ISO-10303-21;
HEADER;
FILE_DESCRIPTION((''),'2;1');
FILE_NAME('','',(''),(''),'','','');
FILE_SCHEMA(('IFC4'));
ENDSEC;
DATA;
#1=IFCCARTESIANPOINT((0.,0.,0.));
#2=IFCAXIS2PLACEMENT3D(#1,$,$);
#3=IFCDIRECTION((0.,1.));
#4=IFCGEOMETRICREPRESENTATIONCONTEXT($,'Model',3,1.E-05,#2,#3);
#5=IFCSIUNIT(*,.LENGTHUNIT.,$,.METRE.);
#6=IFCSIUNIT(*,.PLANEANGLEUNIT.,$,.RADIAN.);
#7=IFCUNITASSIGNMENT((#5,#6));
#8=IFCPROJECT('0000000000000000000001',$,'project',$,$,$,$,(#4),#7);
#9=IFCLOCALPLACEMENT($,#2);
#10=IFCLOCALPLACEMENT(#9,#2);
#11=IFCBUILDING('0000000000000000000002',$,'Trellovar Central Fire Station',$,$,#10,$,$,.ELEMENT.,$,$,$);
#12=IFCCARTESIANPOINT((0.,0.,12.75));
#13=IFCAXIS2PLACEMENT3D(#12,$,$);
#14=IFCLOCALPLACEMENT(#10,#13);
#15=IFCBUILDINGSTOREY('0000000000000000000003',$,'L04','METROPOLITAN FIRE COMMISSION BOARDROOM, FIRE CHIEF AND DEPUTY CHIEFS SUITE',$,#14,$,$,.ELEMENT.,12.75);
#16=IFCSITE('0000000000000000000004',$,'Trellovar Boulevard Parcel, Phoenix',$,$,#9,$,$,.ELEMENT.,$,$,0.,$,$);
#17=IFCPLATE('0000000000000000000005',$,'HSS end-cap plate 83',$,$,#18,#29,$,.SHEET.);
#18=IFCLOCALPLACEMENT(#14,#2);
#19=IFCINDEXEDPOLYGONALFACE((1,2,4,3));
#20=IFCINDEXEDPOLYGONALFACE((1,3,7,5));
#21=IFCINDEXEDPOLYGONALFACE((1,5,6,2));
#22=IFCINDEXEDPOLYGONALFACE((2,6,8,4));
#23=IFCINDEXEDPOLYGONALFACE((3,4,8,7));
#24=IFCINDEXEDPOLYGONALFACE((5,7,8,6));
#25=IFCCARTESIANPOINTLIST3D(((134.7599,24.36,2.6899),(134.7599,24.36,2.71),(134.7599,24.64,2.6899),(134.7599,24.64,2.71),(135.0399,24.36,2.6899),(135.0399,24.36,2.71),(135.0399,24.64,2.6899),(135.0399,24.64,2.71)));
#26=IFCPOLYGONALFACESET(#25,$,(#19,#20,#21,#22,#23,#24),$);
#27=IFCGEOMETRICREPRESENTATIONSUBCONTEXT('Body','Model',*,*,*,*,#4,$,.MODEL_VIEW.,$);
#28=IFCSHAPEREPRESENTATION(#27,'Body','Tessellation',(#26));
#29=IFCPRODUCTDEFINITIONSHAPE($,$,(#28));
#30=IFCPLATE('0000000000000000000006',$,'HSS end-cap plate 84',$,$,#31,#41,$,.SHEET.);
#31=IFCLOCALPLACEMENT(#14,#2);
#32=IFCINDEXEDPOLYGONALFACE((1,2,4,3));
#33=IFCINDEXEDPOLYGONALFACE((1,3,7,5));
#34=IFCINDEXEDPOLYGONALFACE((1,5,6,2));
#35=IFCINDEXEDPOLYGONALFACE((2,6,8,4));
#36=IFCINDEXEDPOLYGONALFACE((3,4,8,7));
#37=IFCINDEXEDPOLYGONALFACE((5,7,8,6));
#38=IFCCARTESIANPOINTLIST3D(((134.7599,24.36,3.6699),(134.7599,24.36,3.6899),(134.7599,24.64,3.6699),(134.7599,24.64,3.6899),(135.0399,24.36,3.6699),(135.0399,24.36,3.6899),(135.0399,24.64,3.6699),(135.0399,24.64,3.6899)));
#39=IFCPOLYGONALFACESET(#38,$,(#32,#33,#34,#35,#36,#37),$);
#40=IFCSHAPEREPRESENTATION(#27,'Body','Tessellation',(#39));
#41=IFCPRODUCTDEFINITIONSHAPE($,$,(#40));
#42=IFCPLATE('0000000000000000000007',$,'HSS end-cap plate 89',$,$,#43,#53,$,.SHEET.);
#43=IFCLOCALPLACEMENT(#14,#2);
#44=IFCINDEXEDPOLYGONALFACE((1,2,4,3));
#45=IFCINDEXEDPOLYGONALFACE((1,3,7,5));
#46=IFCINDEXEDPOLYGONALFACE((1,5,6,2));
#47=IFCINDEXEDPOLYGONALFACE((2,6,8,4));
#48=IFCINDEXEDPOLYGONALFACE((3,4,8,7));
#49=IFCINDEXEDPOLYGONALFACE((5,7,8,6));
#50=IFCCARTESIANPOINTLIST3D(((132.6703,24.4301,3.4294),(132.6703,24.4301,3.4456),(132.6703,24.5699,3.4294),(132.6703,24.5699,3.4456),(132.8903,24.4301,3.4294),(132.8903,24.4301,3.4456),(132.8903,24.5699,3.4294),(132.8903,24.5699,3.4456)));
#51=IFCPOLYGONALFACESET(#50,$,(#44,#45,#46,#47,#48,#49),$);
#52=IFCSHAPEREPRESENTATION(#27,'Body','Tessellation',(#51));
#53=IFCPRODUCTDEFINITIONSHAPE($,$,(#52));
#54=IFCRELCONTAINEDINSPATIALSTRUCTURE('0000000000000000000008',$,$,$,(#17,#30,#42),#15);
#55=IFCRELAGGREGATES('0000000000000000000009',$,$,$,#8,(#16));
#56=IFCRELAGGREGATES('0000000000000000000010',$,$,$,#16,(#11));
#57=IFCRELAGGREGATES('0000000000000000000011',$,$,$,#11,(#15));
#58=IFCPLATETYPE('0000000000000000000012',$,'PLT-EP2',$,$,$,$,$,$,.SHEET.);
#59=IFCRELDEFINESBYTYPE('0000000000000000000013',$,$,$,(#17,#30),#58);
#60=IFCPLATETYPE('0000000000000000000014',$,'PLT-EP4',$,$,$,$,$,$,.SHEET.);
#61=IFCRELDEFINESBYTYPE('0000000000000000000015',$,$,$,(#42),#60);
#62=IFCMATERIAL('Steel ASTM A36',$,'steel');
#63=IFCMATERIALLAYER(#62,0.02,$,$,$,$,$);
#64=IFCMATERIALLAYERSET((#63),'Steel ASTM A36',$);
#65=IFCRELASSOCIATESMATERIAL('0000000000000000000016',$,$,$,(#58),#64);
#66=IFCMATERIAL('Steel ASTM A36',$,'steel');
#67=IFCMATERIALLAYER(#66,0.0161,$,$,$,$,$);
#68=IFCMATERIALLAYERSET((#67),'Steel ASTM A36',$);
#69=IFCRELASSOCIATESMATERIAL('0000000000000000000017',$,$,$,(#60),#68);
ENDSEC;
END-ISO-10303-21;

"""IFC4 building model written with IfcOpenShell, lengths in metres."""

from ifc_helpers import new_model, si_unit, direction, frame, origin, origin_2d, place, context, subcontext, project, spatial, rectangle, extrude, material, layer, layer_set, type_object, element, save


model = new_model("IFC4")

# Units and contexts
model_context = context("Model", 3, precision=1e-05, world=origin(), true_north=direction((0.0, 1.0)))
body_context = subcontext(model_context, "Body", "Model", "MODEL_VIEW")
ifc_project = project(units=[si_unit("LENGTHUNIT", "METRE"), si_unit("PLANEANGLEUNIT", "RADIAN")], contexts=[model_context])

# Site, building, storey
site_placement = place(None, origin())
site = spatial("IfcSite", under=ifc_project, at=site_placement, Name="Trellovar Boulevard Parcel, Phoenix", CompositionType="ELEMENT", RefElevation=0.0)
building_placement = place(site_placement, origin())
building = spatial("IfcBuilding", under=site, at=building_placement, Name="Trellovar Central Fire Station", CompositionType="ELEMENT")
storey_placement = place(building_placement, frame((0.0, 0.0, 12.75)))
storey = spatial("IfcBuildingStorey", under=building, at=storey_placement, Name="L04", Description="METROPOLITAN FIRE COMMISSION BOARDROOM, FIRE CHIEF AND DEPUTY CHIEFS SUITE", CompositionType="ELEMENT", Elevation=12.75)

# Plates
ifc_material_1 = material(Name="Steel ASTM A36", Category="steel")
ifc_layer_1 = layer(ifc_material_1, 0.02)
ifc_layer_set_1 = layer_set([ifc_layer_1], Name="Steel ASTM A36")
plate_type_1 = type_object("IfcPlateType", Name="PLT-EP2", PredefinedType="SHEET", material=ifc_layer_set_1)
for number, where, z_axis, x_axis, name in (
    (1, (134.8999, 24.5, 2.6899), (0.0, 0.0, 1.0), (1.0, 0.0, 0.0), "HSS end-cap plate 83"),
    (2, (134.8999, 24.5, 3.6699), (0.0, 0.0, 1.0), (1.0, 0.0, 0.0), "HSS end-cap plate 84"),
):
    element("IfcPlate", number, at=place(storey_placement, frame(where, z_axis=z_axis, x_axis=x_axis)), inside=storey, type_object=plate_type_1, Name=name, PredefinedType="SHEET", context=body_context, shape_type="SweptSolid", body=[
        extrude(rectangle(XDim=0.28, YDim=0.28, at=origin_2d()), origin(), (0.0, 0.0, 1.0), 0.02),
    ])
ifc_material_2 = material(Name="Steel ASTM A36", Category="steel")
ifc_layer_2 = layer(ifc_material_2, 0.0161)
ifc_layer_set_2 = layer_set([ifc_layer_2], Name="Steel ASTM A36")
plate_type_2 = type_object("IfcPlateType", Name="PLT-EP4", PredefinedType="SHEET", material=ifc_layer_set_2)
plate_placement = place(storey_placement, frame((132.7803, 24.5, 3.4294), z_axis=(0.0, 0.0, 1.0), x_axis=(1.0, 0.0, 0.0)))
element("IfcPlate", 3, at=plate_placement, inside=storey, type_object=plate_type_2, Name="HSS end-cap plate 89", PredefinedType="SHEET", context=body_context, shape_type="SweptSolid", body=[
    extrude(rectangle(XDim=0.22, YDim=0.1399, at=origin_2d()), origin(), (0.0, 0.0, 1.0), 0.0161),
])

save(model, "model.ifc")
